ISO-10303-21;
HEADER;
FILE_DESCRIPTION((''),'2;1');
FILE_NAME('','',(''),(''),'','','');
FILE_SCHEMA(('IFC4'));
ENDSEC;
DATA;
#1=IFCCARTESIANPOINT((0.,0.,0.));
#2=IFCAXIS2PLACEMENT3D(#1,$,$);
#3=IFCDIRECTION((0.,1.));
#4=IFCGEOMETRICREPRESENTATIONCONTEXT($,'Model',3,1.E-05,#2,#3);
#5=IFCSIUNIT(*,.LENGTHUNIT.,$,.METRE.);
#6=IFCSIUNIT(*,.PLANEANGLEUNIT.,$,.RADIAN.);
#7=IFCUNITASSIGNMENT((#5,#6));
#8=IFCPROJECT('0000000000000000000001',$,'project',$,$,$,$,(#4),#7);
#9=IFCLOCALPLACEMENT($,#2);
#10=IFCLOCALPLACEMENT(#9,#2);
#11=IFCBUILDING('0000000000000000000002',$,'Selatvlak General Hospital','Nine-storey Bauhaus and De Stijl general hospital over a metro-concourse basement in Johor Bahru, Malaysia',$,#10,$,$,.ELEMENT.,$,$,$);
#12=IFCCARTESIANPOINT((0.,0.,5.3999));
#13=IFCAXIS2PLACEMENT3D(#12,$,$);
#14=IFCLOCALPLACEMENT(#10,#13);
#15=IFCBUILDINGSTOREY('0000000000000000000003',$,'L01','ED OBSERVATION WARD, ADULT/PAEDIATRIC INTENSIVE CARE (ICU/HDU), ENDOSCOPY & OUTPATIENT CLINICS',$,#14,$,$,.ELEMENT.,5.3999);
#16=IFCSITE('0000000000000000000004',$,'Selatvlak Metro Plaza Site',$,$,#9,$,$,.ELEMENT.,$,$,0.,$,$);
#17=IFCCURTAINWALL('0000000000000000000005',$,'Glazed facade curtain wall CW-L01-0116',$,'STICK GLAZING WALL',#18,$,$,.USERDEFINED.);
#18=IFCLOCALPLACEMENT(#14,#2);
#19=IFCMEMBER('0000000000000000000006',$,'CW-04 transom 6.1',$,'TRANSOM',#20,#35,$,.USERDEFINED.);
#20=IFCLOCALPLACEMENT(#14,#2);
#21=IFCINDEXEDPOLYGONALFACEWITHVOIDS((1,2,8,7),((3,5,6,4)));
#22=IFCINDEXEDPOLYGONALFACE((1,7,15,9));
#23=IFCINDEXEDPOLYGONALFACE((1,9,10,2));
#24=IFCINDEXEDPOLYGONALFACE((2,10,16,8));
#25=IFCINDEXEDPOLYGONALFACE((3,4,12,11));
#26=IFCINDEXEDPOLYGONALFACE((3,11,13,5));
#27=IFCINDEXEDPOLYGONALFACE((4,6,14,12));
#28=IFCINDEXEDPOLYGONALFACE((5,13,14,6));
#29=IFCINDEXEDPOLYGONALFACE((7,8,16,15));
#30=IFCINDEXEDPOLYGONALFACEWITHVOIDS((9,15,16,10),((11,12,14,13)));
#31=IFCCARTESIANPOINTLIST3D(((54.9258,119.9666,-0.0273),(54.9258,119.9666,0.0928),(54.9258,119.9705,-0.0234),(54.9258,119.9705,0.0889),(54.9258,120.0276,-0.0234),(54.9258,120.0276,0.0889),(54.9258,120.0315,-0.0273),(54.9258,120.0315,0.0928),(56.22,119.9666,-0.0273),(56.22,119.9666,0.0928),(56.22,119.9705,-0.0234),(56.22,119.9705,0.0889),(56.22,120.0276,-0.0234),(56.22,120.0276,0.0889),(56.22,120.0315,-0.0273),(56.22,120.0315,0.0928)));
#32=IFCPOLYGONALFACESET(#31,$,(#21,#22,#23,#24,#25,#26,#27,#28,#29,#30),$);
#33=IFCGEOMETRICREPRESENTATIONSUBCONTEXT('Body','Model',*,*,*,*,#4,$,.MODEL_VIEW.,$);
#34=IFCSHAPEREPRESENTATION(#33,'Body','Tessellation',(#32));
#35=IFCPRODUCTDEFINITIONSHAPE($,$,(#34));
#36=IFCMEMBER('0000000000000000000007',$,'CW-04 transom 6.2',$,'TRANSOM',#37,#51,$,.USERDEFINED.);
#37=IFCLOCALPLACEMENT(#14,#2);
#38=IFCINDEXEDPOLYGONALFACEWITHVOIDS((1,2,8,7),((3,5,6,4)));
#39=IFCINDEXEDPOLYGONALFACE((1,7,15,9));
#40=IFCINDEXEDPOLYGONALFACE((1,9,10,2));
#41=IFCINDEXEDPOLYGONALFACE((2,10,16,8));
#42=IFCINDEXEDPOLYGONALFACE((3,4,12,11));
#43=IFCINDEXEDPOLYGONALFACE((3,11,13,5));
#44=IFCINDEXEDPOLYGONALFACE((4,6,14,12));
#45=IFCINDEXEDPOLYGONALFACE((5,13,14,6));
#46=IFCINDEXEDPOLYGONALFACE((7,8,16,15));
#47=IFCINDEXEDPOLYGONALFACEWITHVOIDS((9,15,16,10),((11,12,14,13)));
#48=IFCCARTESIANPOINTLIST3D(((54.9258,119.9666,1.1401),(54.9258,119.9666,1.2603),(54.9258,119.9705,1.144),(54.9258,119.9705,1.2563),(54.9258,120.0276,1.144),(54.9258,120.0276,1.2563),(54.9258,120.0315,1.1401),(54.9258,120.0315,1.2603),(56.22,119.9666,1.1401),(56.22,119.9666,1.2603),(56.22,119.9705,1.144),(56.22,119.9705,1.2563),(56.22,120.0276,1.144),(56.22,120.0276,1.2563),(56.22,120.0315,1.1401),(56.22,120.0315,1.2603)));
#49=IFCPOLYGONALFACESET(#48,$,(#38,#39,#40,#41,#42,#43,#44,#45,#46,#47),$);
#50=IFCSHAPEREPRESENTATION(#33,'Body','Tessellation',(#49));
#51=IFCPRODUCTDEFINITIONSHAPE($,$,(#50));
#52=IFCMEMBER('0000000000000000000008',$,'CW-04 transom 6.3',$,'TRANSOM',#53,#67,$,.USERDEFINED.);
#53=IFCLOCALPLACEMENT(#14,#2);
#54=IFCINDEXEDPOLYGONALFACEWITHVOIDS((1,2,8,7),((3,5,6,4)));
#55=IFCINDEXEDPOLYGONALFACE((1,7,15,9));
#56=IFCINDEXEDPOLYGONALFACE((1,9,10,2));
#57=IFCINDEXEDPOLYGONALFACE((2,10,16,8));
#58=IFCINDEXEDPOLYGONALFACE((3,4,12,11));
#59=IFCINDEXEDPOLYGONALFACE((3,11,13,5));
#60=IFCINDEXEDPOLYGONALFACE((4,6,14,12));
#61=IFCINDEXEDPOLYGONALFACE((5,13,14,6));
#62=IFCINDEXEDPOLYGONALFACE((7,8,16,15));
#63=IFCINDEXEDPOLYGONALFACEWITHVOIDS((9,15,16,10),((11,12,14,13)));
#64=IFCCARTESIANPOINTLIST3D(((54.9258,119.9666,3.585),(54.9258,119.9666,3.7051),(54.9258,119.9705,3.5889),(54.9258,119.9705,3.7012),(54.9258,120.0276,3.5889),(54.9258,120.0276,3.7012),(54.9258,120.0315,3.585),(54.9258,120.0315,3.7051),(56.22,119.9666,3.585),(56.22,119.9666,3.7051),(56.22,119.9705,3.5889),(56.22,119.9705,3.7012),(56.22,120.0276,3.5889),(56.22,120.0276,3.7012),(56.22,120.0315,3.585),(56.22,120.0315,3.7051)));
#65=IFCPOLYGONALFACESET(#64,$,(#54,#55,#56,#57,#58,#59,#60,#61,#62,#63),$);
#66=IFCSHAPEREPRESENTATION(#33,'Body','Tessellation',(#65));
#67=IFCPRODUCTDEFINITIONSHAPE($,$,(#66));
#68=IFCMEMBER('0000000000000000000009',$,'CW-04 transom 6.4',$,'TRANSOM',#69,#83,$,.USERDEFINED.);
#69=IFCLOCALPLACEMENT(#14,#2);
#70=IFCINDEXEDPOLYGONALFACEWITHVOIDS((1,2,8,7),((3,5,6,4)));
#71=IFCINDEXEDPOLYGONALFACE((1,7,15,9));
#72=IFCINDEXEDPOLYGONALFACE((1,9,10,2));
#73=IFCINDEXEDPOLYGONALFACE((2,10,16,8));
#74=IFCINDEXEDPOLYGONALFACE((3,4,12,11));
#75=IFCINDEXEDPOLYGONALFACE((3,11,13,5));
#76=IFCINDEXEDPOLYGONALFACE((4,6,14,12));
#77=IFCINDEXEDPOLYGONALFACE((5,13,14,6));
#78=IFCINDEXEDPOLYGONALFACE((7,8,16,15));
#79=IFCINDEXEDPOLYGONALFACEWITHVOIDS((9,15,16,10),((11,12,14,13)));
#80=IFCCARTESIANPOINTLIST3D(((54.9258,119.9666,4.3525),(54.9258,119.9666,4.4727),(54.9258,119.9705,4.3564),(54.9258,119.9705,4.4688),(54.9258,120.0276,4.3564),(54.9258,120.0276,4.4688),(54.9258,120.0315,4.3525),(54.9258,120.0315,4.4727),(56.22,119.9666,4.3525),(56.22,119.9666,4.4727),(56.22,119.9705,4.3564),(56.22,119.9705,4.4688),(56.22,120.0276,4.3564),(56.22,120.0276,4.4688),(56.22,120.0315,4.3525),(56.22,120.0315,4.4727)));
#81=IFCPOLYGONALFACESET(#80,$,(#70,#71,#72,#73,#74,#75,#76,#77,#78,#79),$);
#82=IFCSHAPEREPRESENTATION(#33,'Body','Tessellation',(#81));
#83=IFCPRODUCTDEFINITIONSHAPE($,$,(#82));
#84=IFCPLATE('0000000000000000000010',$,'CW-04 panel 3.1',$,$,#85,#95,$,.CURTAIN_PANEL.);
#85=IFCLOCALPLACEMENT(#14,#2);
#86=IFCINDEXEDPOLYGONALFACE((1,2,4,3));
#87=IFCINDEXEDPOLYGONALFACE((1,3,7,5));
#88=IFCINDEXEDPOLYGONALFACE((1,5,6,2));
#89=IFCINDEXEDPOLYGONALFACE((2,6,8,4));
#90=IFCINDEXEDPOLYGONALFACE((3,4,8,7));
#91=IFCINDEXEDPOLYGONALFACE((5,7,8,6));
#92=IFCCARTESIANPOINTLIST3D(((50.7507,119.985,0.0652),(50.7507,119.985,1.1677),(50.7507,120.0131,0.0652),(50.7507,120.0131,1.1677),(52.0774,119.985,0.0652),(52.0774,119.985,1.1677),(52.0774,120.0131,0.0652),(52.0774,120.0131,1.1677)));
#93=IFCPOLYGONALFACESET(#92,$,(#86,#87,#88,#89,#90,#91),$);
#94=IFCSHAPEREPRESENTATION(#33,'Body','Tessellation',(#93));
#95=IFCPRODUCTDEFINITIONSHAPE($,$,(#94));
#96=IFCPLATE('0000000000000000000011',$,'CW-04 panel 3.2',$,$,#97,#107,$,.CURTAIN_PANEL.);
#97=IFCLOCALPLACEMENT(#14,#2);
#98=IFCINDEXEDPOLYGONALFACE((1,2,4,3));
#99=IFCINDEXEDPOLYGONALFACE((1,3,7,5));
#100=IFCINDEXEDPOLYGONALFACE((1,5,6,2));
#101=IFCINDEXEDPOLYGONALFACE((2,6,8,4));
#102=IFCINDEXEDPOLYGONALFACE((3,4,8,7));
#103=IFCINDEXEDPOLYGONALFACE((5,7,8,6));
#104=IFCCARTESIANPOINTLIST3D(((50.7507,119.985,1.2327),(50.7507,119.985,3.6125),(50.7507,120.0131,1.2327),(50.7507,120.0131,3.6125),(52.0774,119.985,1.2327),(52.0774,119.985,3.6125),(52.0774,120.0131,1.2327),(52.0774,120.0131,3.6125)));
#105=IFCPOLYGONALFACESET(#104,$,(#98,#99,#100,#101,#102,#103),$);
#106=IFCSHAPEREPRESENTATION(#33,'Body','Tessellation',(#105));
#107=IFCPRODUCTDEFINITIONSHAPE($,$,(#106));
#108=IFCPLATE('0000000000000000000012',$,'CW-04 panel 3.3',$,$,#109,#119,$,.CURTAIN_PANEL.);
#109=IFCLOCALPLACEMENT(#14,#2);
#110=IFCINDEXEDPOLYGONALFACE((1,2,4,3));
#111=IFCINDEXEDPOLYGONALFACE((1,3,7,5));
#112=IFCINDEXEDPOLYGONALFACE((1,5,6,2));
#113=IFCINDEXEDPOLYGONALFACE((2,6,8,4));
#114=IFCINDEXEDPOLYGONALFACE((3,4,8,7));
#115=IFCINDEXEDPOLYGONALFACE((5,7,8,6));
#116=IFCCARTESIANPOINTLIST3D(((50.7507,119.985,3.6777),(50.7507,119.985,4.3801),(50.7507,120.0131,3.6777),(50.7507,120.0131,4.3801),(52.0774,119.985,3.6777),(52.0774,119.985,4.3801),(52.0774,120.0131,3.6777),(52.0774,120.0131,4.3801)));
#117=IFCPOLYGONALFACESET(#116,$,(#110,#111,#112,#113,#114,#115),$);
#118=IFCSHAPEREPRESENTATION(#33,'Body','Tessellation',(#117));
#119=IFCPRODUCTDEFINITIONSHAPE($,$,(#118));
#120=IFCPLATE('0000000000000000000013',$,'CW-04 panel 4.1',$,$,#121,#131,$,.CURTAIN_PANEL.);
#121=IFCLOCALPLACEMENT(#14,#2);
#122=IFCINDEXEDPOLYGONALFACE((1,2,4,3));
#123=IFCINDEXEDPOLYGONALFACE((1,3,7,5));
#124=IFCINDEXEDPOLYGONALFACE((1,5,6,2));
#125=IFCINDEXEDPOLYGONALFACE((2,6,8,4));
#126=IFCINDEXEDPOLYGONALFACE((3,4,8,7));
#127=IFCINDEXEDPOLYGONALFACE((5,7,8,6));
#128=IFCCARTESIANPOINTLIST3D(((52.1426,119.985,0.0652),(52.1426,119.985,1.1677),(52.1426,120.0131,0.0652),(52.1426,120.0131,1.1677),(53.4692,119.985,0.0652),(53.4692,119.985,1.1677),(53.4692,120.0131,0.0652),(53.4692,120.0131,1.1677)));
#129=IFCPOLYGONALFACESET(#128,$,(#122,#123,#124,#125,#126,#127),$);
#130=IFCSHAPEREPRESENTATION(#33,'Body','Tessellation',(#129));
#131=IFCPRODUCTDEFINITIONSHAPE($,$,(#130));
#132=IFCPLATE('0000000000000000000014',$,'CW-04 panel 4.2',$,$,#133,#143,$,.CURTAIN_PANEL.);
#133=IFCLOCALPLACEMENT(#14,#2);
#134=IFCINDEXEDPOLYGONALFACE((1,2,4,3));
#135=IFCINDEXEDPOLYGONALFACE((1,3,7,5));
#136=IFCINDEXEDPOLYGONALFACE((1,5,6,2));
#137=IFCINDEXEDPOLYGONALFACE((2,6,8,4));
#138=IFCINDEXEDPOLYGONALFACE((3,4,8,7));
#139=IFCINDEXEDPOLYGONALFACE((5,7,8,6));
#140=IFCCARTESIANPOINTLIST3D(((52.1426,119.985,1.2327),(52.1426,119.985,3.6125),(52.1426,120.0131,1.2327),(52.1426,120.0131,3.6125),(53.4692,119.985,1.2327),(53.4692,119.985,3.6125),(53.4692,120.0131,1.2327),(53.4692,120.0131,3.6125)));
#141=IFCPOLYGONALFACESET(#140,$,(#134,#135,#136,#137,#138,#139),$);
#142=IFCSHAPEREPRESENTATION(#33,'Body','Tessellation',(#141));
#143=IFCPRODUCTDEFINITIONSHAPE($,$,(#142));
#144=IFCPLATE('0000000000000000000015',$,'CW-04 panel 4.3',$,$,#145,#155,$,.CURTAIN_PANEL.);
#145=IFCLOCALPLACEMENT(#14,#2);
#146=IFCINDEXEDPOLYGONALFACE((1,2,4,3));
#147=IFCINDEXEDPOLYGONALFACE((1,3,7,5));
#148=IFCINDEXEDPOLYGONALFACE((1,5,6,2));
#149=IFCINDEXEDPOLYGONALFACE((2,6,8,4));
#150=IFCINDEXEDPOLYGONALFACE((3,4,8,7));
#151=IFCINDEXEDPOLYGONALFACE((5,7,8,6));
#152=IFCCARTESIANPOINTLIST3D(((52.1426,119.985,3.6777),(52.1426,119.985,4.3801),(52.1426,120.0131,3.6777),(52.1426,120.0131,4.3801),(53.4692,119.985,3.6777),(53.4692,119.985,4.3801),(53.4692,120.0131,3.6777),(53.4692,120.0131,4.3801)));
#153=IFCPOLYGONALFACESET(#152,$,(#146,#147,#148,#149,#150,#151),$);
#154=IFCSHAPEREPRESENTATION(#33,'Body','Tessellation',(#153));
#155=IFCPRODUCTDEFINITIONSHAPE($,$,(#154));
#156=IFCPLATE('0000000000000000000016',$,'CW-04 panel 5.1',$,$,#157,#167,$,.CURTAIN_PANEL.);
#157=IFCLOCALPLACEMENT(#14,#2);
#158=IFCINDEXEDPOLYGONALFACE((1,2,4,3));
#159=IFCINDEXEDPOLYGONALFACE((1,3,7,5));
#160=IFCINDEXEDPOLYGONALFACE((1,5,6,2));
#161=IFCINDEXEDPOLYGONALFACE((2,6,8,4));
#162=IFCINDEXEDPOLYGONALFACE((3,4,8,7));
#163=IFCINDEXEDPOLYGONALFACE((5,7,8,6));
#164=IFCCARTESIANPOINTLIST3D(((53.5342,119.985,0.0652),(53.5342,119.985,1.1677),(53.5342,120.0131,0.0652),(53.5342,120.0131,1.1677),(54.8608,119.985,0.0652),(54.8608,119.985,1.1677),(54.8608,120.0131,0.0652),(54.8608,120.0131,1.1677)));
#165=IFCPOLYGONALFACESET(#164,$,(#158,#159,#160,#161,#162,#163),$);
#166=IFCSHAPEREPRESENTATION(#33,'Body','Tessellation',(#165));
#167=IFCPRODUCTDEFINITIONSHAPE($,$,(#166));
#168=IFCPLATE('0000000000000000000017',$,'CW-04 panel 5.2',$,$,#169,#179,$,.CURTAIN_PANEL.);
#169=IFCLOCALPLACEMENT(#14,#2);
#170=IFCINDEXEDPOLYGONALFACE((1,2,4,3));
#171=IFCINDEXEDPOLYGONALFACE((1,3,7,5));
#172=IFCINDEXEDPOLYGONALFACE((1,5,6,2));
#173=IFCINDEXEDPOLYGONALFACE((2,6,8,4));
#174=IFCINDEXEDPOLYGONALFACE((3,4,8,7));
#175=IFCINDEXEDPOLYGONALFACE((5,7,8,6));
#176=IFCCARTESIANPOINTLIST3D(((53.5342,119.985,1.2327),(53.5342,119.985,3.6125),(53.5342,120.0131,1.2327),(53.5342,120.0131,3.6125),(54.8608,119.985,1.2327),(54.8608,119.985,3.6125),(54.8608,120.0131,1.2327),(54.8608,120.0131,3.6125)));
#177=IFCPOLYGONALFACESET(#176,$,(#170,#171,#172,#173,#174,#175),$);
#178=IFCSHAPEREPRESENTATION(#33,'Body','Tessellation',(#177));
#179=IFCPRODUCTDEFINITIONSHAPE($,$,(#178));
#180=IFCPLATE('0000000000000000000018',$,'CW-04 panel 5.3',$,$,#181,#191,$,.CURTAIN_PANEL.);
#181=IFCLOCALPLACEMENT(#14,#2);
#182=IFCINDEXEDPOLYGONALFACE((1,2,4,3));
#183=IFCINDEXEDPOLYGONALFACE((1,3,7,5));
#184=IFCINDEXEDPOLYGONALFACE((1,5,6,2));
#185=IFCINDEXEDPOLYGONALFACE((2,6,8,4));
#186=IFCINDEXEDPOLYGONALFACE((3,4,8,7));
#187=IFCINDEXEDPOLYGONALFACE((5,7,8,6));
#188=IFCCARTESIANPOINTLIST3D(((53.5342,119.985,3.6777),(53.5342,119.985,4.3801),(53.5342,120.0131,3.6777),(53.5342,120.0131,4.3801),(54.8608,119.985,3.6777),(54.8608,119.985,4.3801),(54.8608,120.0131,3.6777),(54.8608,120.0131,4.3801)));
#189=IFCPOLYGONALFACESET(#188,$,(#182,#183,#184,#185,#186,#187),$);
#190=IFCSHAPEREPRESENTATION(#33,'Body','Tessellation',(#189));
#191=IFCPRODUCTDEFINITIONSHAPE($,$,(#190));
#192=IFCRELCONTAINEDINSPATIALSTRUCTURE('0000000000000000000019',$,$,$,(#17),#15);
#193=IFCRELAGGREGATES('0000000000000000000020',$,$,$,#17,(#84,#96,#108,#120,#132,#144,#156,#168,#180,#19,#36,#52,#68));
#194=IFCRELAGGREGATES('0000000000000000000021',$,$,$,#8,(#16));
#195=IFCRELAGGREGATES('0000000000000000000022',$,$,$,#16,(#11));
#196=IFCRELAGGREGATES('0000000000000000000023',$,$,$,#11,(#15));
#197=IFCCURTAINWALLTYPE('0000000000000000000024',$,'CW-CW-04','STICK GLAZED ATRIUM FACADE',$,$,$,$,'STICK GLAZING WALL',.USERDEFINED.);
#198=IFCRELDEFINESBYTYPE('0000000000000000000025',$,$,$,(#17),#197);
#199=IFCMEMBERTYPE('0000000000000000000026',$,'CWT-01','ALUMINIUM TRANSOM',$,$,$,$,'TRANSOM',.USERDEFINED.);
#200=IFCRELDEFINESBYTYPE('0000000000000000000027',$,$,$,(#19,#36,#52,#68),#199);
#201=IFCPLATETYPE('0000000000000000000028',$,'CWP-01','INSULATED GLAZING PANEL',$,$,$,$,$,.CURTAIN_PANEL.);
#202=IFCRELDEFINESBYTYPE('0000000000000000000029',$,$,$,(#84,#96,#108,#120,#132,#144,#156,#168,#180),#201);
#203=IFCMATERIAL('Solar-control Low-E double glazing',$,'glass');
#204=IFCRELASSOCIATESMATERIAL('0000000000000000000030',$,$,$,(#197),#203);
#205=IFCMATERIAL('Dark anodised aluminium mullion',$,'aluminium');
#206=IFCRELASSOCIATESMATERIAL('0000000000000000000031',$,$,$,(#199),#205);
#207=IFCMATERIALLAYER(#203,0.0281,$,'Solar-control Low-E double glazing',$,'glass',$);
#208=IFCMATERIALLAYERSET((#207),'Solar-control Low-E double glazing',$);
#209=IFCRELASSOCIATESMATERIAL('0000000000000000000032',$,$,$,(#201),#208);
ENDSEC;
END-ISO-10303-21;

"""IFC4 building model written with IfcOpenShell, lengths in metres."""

from ifc_helpers import new_model, si_unit, direction, frame, origin, origin_2d, place, context, subcontext, project, spatial, rectangle, hollow_rectangle, extrude, material, layer, layer_set, material_profile, profile_set, type_object, element, aggregate, save


model = new_model("IFC4")

# Units and contexts
model_context = context("Model", 3, precision=1e-05, world=origin(), true_north=direction((0.0, 1.0)))
body_context = subcontext(model_context, "Body", "Model", "MODEL_VIEW")
ifc_project = project(units=[si_unit("LENGTHUNIT", "METRE"), si_unit("PLANEANGLEUNIT", "RADIAN")], contexts=[model_context])

# Site, building, storey
site_placement = place(None, origin())
site = spatial("IfcSite", under=ifc_project, at=site_placement, Name="Selatvlak Metro Plaza Site", CompositionType="ELEMENT", RefElevation=0.0)
building_placement = place(site_placement, origin())
building = spatial("IfcBuilding", under=site, at=building_placement, Name="Selatvlak General Hospital", Description="Nine-storey Bauhaus and De Stijl general hospital over a metro-concourse basement in Johor Bahru, Malaysia", CompositionType="ELEMENT")
storey_placement = place(building_placement, frame((0.0, 0.0, 5.3999)))
storey = spatial("IfcBuildingStorey", under=building, at=storey_placement, Name="L01", Description="ED OBSERVATION WARD, ADULT/PAEDIATRIC INTENSIVE CARE (ICU/HDU), ENDOSCOPY & OUTPATIENT CLINICS", CompositionType="ELEMENT", Elevation=5.3999)

# Curtain wall, members, plates
ifc_material_1 = material(Name="Solar-control Low-E double glazing", Category="glass")
curtain_wall_type = type_object("IfcCurtainWallType", Name="CW-CW-04", Description="STICK GLAZED ATRIUM FACADE", ElementType="STICK GLAZING WALL", PredefinedType="USERDEFINED", material=ifc_material_1)
curtain_wall_placement = place(storey_placement, origin())
curtain_wall = element("IfcCurtainWall", 1, at=curtain_wall_placement, inside=storey, type_object=curtain_wall_type, Name="Glazed facade curtain wall CW-L01-0116", ObjectType="STICK GLAZING WALL", PredefinedType="USERDEFINED")
ifc_material_2 = material(Name="Dark anodised aluminium mullion", Category="aluminium")
ifc_material_profile_1 = material_profile(ifc_material_2, hollow_rectangle(XDim=0.0649, YDim=0.1201, WallThickness=0.0039, at=origin_2d()), Name="AL-TRN 65x120x4")
ifc_profile_set_1 = profile_set([ifc_material_profile_1], Name="Dark anodised aluminium mullion")
member_type_1 = type_object("IfcMemberType", Name="CWT-01", Description="ALUMINIUM TRANSOM", ElementType="TRANSOM", PredefinedType="USERDEFINED", material=ifc_profile_set_1)
member_1_placement = place(storey_placement, frame((54.9258, 119.999, 0.0327), z_axis=(1.0, 0.0, 0.0), x_axis=(0.0, 1.0, 0.0)))
member_1 = element("IfcMember", 2, at=member_1_placement, type_object=member_type_1, Name="CW-04 transom 6.1", ObjectType="TRANSOM", PredefinedType="USERDEFINED", context=body_context, shape_type="SweptSolid", body=[
    extrude(hollow_rectangle(XDim=0.0649, YDim=0.1201, WallThickness=0.0039, at=origin_2d()), origin(), (0.0, 0.0, 1.0), 1.2942),
])
member_2_placement = place(storey_placement, frame((54.9258, 119.999, 1.2002), z_axis=(1.0, 0.0, 0.0), x_axis=(0.0, 1.0, 0.0)))
member_2 = element("IfcMember", 3, at=member_2_placement, type_object=member_type_1, Name="CW-04 transom 6.2", ObjectType="TRANSOM", PredefinedType="USERDEFINED", context=body_context, shape_type="SweptSolid", body=[
    extrude(hollow_rectangle(XDim=0.0649, YDim=0.1201, WallThickness=0.0039, at=origin_2d()), origin(), (0.0, 0.0, 1.0), 1.2942),
])
member_3_placement = place(storey_placement, frame((54.9258, 119.999, 3.645), z_axis=(1.0, 0.0, 0.0), x_axis=(0.0, 1.0, 0.0)))
member_3 = element("IfcMember", 4, at=member_3_placement, type_object=member_type_1, Name="CW-04 transom 6.3", ObjectType="TRANSOM", PredefinedType="USERDEFINED", context=body_context, shape_type="SweptSolid", body=[
    extrude(hollow_rectangle(XDim=0.0649, YDim=0.1201, WallThickness=0.0039, at=origin_2d()), origin(), (0.0, 0.0, 1.0), 1.2942),
])
member_4_placement = place(storey_placement, frame((54.9258, 119.999, 4.4126), z_axis=(1.0, 0.0, 0.0), x_axis=(0.0, 1.0, 0.0)))
member_4 = element("IfcMember", 5, at=member_4_placement, type_object=member_type_1, Name="CW-04 transom 6.4", ObjectType="TRANSOM", PredefinedType="USERDEFINED", context=body_context, shape_type="SweptSolid", body=[
    extrude(hollow_rectangle(XDim=0.0649, YDim=0.1201, WallThickness=0.0039, at=origin_2d()), origin(), (0.0, 0.0, 1.0), 1.2942),
])
ifc_layer_1 = layer(ifc_material_1, 0.0281, Name="Solar-control Low-E double glazing", Category="glass")
ifc_layer_set_1 = layer_set([ifc_layer_1], Name="Solar-control Low-E double glazing")
plate_type = type_object("IfcPlateType", Name="CWP-01", Description="INSULATED GLAZING PANEL", PredefinedType="CURTAIN_PANEL", material=ifc_layer_set_1)
plate_1_placement = place(storey_placement, frame((51.4141, 119.999, 0.0652), z_axis=(0.0, 0.0, 1.0), x_axis=(1.0, 0.0, 0.0)))
plate_1 = element("IfcPlate", 6, at=plate_1_placement, type_object=plate_type, Name="CW-04 panel 3.1", PredefinedType="CURTAIN_PANEL", context=body_context, shape_type="SweptSolid", body=[
    extrude(rectangle(XDim=1.3267, YDim=0.0281, at=origin_2d()), origin(), (0.0, 0.0, 1.0), 1.1025),
])
plate_2_placement = place(storey_placement, frame((51.4141, 119.999, 1.2327), z_axis=(0.0, 0.0, 1.0), x_axis=(1.0, 0.0, 0.0)))
plate_2 = element("IfcPlate", 7, at=plate_2_placement, type_object=plate_type, Name="CW-04 panel 3.2", PredefinedType="CURTAIN_PANEL", context=body_context, shape_type="SweptSolid", body=[
    extrude(rectangle(XDim=1.3267, YDim=0.0281, at=origin_2d()), origin(), (0.0, 0.0, 1.0), 2.3799),
])
plate_3_placement = place(storey_placement, frame((51.4141, 119.999, 3.6777), z_axis=(0.0, 0.0, 1.0), x_axis=(1.0, 0.0, 0.0)))
plate_3 = element("IfcPlate", 8, at=plate_3_placement, type_object=plate_type, Name="CW-04 panel 3.3", PredefinedType="CURTAIN_PANEL", context=body_context, shape_type="SweptSolid", body=[
    extrude(rectangle(XDim=1.3267, YDim=0.0281, at=origin_2d()), origin(), (0.0, 0.0, 1.0), 0.7024),
])
plate_4_placement = place(storey_placement, frame((52.8059, 119.999, 0.0652), z_axis=(0.0, 0.0, 1.0), x_axis=(1.0, 0.0, 0.0)))
plate_4 = element("IfcPlate", 9, at=plate_4_placement, type_object=plate_type, Name="CW-04 panel 4.1", PredefinedType="CURTAIN_PANEL", context=body_context, shape_type="SweptSolid", body=[
    extrude(rectangle(XDim=1.3267, YDim=0.0281, at=origin_2d()), origin(), (0.0, 0.0, 1.0), 1.1025),
])
plate_5_placement = place(storey_placement, frame((52.8059, 119.999, 1.2327), z_axis=(0.0, 0.0, 1.0), x_axis=(1.0, 0.0, 0.0)))
plate_5 = element("IfcPlate", 10, at=plate_5_placement, type_object=plate_type, Name="CW-04 panel 4.2", PredefinedType="CURTAIN_PANEL", context=body_context, shape_type="SweptSolid", body=[
    extrude(rectangle(XDim=1.3267, YDim=0.0281, at=origin_2d()), origin(), (0.0, 0.0, 1.0), 2.3799),
])
plate_6_placement = place(storey_placement, frame((52.8059, 119.999, 3.6777), z_axis=(0.0, 0.0, 1.0), x_axis=(1.0, 0.0, 0.0)))
plate_6 = element("IfcPlate", 11, at=plate_6_placement, type_object=plate_type, Name="CW-04 panel 4.3", PredefinedType="CURTAIN_PANEL", context=body_context, shape_type="SweptSolid", body=[
    extrude(rectangle(XDim=1.3267, YDim=0.0281, at=origin_2d()), origin(), (0.0, 0.0, 1.0), 0.7024),
])
plate_7_placement = place(storey_placement, frame((54.1975, 119.999, 0.0652), z_axis=(0.0, 0.0, 1.0), x_axis=(1.0, 0.0, 0.0)))
plate_7 = element("IfcPlate", 12, at=plate_7_placement, type_object=plate_type, Name="CW-04 panel 5.1", PredefinedType="CURTAIN_PANEL", context=body_context, shape_type="SweptSolid", body=[
    extrude(rectangle(XDim=1.3267, YDim=0.0281, at=origin_2d()), origin(), (0.0, 0.0, 1.0), 1.1025),
])
plate_8_placement = place(storey_placement, frame((54.1975, 119.999, 1.2327), z_axis=(0.0, 0.0, 1.0), x_axis=(1.0, 0.0, 0.0)))
plate_8 = element("IfcPlate", 13, at=plate_8_placement, type_object=plate_type, Name="CW-04 panel 5.2", PredefinedType="CURTAIN_PANEL", context=body_context, shape_type="SweptSolid", body=[
    extrude(rectangle(XDim=1.3267, YDim=0.0281, at=origin_2d()), origin(), (0.0, 0.0, 1.0), 2.3799),
])
plate_9_placement = place(storey_placement, frame((54.1975, 119.999, 3.6777), z_axis=(0.0, 0.0, 1.0), x_axis=(1.0, 0.0, 0.0)))
plate_9 = element("IfcPlate", 14, at=plate_9_placement, type_object=plate_type, Name="CW-04 panel 5.3", PredefinedType="CURTAIN_PANEL", context=body_context, shape_type="SweptSolid", body=[
    extrude(rectangle(XDim=1.3267, YDim=0.0281, at=origin_2d()), origin(), (0.0, 0.0, 1.0), 0.7024),
])
aggregate(curtain_wall, [plate_1, plate_2, plate_3, plate_4, plate_5, plate_6, plate_7, plate_8, plate_9, member_1, member_2, member_3, member_4])

save(model, "model.ifc")
